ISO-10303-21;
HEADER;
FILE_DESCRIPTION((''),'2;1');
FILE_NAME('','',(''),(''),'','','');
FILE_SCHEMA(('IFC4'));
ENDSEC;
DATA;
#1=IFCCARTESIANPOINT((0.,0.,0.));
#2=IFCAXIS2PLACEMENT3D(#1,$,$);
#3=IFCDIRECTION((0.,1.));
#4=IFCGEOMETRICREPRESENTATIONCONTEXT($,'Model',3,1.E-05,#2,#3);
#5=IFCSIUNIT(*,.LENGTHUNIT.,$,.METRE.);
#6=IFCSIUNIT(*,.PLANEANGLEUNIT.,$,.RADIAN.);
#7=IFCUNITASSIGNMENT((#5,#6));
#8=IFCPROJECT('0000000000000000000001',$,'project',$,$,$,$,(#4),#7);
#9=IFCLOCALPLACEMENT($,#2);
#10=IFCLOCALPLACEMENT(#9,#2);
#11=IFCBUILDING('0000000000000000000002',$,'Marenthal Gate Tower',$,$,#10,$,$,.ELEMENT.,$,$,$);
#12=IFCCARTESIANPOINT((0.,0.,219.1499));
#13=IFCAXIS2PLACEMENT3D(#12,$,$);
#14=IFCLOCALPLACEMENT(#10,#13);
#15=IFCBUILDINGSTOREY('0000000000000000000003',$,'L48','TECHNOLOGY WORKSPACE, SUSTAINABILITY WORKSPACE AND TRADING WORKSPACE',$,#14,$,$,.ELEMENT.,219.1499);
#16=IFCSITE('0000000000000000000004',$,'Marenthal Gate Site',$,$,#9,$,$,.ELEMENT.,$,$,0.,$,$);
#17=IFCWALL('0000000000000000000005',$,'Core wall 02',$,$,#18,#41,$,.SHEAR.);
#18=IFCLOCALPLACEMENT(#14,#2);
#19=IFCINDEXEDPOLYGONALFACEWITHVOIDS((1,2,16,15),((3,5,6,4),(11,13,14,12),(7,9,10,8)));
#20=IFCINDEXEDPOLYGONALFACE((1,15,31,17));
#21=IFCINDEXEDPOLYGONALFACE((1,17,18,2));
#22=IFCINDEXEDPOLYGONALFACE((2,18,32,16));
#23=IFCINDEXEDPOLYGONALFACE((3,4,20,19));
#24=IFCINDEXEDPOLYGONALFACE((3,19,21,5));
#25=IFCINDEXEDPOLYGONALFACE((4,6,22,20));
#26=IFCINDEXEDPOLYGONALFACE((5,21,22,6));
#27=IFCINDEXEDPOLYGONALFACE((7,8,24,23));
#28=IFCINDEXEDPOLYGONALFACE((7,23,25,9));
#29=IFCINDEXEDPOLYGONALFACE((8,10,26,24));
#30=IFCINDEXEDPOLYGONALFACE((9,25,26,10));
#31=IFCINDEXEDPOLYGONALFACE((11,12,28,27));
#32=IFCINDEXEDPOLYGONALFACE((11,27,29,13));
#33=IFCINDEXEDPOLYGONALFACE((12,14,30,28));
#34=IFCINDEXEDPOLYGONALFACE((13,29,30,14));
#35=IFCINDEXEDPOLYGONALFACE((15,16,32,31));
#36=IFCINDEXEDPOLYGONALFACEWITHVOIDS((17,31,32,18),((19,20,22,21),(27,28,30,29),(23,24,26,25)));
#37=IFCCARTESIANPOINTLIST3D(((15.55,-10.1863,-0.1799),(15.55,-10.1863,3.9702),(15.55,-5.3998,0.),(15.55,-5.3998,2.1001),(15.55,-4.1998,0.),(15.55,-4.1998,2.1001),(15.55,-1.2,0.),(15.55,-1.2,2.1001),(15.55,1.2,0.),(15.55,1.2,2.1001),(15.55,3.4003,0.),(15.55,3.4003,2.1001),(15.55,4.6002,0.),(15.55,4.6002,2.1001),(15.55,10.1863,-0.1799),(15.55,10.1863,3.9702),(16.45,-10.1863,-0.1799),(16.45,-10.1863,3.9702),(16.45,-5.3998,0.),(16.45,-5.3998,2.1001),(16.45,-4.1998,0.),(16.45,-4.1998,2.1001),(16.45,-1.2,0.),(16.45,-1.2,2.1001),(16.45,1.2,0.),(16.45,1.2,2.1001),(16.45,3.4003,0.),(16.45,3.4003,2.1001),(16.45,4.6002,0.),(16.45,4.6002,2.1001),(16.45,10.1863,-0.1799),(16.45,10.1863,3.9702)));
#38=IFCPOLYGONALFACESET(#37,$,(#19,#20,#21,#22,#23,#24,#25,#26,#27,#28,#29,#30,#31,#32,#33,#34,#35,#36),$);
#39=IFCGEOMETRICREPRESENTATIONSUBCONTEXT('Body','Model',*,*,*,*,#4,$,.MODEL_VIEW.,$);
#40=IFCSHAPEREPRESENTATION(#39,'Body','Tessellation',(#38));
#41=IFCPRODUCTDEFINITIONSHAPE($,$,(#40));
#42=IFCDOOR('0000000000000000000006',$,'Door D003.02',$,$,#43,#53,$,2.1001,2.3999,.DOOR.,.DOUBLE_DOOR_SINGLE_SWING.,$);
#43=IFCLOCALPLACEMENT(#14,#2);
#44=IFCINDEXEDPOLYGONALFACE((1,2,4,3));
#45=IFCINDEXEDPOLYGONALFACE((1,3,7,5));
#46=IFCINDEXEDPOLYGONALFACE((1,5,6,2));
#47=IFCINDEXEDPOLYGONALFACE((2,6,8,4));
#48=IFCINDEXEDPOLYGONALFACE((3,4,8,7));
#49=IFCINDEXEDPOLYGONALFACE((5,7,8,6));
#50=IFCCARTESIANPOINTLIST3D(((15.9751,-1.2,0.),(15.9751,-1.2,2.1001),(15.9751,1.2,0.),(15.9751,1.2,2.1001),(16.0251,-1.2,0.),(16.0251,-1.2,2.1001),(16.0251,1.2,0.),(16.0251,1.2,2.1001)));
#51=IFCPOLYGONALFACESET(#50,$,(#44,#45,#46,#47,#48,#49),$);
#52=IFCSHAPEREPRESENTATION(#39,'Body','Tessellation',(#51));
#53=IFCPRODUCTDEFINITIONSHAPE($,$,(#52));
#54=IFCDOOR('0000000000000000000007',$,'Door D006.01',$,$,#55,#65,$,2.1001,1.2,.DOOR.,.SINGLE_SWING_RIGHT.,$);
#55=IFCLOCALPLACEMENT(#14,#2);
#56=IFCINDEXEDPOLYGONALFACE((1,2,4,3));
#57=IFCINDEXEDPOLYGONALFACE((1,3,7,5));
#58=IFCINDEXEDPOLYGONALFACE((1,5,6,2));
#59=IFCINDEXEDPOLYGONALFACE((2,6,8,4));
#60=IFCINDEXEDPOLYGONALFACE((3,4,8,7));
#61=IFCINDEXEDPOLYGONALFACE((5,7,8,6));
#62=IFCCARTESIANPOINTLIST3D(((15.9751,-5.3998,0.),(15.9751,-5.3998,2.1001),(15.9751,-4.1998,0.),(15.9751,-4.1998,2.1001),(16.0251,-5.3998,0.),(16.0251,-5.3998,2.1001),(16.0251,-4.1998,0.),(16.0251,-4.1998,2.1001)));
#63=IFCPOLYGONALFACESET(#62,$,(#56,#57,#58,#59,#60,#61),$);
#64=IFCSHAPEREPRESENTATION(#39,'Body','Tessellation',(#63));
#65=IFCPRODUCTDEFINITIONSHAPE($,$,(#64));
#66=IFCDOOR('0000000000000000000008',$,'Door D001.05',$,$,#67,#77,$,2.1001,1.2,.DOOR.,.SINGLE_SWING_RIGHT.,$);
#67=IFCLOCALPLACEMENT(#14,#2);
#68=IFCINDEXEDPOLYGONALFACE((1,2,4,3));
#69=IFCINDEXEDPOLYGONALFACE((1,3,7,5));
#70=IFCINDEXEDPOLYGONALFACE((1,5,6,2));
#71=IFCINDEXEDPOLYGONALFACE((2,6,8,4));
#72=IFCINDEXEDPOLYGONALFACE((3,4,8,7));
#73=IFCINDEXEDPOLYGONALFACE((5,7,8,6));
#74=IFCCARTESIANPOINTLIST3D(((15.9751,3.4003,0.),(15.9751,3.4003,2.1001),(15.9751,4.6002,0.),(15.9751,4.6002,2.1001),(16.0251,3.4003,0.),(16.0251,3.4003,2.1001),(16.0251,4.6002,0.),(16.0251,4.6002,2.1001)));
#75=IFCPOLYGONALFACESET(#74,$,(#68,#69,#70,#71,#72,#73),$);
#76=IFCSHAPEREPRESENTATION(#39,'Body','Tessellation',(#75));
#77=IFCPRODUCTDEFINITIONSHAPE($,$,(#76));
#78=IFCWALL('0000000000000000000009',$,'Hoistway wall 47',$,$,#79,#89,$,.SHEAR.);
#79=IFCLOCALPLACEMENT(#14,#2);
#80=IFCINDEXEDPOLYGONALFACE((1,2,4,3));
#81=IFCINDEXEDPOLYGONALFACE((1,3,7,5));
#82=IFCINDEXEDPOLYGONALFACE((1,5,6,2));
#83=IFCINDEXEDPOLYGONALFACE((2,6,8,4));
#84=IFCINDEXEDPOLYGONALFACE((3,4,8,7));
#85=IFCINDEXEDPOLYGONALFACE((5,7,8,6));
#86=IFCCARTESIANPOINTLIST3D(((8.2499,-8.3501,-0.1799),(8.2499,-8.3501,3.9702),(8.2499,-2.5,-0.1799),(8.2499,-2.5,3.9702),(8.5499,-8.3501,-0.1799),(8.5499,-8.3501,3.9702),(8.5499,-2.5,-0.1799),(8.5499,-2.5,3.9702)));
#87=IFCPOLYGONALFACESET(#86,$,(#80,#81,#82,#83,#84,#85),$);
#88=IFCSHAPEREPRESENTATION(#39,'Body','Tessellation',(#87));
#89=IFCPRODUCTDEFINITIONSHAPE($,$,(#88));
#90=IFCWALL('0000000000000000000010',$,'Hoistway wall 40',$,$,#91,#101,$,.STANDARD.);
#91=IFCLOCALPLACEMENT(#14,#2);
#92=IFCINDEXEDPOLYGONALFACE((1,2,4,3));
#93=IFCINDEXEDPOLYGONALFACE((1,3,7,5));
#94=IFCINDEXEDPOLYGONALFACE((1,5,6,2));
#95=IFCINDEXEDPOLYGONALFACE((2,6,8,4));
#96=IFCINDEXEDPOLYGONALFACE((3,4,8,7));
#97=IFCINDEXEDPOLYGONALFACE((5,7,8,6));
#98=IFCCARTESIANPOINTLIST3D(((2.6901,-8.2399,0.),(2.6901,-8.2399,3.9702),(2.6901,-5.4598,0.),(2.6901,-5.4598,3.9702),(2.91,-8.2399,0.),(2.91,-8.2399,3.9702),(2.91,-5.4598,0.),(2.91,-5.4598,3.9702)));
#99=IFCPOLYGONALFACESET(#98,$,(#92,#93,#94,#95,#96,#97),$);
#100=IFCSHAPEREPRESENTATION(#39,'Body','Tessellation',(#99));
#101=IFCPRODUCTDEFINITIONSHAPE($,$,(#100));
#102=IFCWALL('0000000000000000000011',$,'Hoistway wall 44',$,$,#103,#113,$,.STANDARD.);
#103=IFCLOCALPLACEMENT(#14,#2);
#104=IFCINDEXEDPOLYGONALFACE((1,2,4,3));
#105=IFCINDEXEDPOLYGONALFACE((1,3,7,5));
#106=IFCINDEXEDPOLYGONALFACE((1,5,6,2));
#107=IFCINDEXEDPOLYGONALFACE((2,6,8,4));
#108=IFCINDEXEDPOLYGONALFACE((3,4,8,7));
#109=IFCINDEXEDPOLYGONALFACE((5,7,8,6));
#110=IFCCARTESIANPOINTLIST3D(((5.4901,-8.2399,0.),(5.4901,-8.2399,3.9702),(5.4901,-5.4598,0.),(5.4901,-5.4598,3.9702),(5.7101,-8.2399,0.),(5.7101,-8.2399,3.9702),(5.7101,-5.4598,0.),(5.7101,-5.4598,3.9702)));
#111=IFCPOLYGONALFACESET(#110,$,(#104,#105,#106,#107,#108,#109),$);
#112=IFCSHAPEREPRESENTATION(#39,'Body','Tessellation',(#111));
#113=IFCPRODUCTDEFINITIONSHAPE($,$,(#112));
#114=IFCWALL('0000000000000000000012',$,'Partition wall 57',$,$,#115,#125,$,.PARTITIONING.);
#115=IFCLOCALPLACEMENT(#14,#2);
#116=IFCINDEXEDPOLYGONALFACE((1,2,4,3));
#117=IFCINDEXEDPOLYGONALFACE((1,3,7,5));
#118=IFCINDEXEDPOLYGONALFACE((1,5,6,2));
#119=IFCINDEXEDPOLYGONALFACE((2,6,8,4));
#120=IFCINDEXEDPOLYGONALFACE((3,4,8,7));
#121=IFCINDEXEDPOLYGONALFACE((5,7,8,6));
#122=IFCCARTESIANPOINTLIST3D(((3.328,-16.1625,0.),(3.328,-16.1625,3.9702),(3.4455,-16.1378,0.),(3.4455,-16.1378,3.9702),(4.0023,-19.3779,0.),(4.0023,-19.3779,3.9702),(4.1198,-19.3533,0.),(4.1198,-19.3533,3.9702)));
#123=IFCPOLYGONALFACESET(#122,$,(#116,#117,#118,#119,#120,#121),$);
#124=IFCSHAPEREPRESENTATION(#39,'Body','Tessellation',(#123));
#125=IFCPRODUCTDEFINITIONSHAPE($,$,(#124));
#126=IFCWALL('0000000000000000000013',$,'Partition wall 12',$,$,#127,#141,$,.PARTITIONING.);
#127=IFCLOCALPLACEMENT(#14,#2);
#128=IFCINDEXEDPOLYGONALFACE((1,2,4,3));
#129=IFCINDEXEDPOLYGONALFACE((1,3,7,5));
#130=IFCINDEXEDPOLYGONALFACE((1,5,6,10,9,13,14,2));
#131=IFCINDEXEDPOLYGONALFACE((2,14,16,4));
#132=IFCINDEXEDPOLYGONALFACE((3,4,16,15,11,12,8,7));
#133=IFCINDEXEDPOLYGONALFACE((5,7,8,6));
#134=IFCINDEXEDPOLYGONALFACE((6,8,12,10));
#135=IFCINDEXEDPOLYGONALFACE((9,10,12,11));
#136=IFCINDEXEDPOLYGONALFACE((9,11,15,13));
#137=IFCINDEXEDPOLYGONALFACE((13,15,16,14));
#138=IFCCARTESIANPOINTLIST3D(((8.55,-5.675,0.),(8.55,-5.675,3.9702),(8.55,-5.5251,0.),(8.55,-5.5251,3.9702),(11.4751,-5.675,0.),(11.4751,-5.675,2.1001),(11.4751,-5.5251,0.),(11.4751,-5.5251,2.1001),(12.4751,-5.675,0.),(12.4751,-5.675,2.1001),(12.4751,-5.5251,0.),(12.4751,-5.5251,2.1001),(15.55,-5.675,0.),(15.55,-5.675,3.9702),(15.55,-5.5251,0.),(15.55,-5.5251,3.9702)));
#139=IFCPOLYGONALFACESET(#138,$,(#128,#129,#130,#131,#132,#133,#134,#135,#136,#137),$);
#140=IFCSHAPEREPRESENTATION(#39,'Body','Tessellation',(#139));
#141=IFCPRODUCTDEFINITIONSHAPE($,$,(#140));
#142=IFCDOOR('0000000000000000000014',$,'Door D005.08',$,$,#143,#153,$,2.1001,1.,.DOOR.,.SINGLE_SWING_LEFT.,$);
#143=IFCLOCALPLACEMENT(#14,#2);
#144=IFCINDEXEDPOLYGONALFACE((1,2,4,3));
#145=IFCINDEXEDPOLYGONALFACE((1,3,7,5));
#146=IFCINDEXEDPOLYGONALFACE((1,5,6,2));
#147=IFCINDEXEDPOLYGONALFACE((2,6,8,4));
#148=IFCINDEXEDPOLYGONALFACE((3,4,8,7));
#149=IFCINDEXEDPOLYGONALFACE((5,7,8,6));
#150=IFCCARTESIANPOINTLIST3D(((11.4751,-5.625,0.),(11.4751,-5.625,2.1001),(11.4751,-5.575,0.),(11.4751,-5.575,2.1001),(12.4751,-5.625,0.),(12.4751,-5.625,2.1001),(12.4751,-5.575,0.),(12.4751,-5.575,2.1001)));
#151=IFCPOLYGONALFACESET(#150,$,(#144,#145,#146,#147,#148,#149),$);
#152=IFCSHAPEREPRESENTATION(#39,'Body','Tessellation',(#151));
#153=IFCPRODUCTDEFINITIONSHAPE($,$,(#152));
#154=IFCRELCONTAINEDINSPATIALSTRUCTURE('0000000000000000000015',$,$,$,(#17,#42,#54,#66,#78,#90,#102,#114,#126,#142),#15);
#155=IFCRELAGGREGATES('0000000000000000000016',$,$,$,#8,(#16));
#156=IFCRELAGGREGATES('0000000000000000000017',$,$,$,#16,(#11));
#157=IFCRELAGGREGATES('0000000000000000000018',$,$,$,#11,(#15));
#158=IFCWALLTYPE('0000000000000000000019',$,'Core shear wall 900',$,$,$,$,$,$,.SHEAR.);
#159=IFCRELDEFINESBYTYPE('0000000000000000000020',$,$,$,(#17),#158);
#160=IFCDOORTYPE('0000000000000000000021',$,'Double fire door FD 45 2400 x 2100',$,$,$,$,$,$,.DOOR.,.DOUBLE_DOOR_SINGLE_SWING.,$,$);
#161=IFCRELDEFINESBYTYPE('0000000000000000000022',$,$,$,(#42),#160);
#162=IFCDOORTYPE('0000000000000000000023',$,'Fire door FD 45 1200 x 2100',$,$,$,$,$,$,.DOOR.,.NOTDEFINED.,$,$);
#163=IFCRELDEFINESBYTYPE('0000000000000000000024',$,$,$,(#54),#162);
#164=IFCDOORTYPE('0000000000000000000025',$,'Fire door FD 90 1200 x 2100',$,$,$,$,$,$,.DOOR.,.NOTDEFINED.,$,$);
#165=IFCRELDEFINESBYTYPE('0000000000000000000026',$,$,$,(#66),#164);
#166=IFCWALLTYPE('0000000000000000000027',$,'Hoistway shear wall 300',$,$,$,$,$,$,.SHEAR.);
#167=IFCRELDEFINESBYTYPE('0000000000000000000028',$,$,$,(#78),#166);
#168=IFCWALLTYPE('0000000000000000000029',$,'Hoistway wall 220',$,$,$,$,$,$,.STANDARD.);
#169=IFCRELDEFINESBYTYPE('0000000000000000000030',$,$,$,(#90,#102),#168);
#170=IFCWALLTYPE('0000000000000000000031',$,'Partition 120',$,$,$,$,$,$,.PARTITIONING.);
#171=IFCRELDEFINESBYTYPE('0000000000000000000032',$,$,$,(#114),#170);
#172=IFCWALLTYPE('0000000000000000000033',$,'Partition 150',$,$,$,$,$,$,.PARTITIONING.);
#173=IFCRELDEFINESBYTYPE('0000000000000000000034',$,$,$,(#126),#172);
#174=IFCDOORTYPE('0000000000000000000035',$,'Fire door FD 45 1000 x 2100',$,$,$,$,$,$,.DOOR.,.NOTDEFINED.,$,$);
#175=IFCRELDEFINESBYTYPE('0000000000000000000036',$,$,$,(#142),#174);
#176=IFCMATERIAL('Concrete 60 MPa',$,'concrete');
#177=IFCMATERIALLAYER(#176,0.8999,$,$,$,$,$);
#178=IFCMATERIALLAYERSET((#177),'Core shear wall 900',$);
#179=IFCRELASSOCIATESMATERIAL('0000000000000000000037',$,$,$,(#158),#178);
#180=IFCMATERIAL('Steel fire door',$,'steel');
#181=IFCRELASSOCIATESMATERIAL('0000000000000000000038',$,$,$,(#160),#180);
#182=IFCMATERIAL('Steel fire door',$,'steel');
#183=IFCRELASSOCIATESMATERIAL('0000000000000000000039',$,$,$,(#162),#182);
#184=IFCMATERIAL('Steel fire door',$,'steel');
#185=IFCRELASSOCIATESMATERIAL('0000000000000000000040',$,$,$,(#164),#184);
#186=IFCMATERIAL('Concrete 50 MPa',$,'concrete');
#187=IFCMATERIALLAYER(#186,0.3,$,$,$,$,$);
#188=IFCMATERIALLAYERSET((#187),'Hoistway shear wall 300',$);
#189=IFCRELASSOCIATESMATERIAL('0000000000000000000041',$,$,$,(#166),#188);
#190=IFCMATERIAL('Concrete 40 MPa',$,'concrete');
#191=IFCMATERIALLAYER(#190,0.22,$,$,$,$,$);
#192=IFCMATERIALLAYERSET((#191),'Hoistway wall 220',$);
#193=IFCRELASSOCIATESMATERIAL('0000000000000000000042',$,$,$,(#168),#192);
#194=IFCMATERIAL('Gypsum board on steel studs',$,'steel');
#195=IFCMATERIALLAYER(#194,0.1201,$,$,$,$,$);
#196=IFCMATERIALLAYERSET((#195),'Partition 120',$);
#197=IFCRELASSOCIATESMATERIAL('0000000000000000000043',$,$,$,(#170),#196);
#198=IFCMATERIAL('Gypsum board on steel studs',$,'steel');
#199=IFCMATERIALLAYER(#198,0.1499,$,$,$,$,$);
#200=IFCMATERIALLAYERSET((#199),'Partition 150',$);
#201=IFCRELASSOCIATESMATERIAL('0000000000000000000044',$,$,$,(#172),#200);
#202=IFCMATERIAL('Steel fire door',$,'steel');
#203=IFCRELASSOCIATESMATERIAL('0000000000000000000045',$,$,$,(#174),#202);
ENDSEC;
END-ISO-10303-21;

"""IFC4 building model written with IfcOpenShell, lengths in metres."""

from ifc_helpers import new_model, si_unit, direction, frame, frame_2d, origin, place, context, subcontext, project, spatial, rectangle, extrude, material, layer, layer_set, type_object, element, fill, save


model = new_model("IFC4")

# Units and contexts
model_context = context("Model", 3, precision=1e-05, world=origin(), true_north=direction((0.0, 1.0)))
body_context = subcontext(model_context, "Body", "Model", "MODEL_VIEW")
ifc_project = project(units=[si_unit("LENGTHUNIT", "METRE"), si_unit("PLANEANGLEUNIT", "RADIAN")], contexts=[model_context])

# Site, building, storey
site_placement = place(None, origin())
site = spatial("IfcSite", under=ifc_project, at=site_placement, Name="Marenthal Gate Site", CompositionType="ELEMENT", RefElevation=0.0)
building_placement = place(site_placement, origin())
building = spatial("IfcBuilding", under=site, at=building_placement, Name="Marenthal Gate Tower", CompositionType="ELEMENT")
storey_placement = place(building_placement, frame((0.0, 0.0, 219.1499)))
storey = spatial("IfcBuildingStorey", under=building, at=storey_placement, Name="L48", Description="TECHNOLOGY WORKSPACE, SUSTAINABILITY WORKSPACE AND TRADING WORKSPACE", CompositionType="ELEMENT", Elevation=219.1499)

# Shared definitions
ifc_material_1 = material(Name="Concrete 60 MPa", Category="concrete")
ifc_layer_1 = layer(ifc_material_1, 0.8999)
ifc_layer_set_1 = layer_set([ifc_layer_1], Name="Core shear wall 900")
wall_type_1 = type_object("IfcWallType", Name="Core shear wall 900", PredefinedType="SHEAR", material=ifc_layer_set_1)

# Wall, openings, doors
wall_1_placement = place(storey_placement, frame((16.0, -10.1863, -0.1799), z_axis=(0.0, 0.0, 1.0), x_axis=(0.0, 1.0, 0.0)))
wall_1 = element("IfcWall", 1, at=wall_1_placement, inside=storey, type_object=wall_type_1, Name="Core wall 02", PredefinedType="SHEAR", context=body_context, shape_type="SweptSolid", body=[
    extrude(rectangle(XDim=20.3726, YDim=0.8999, at=frame_2d((10.1863, 0.0))), origin(), (0.0, 0.0, 1.0), 4.1501),
])
opening_1_placement = place(wall_1_placement, frame((8.9863, 0.0, 0.1799)))
opening_1 = element("IfcOpeningElement", 2, at=opening_1_placement, cuts=wall_1, PredefinedType="OPENING", context=body_context, shape_type="SweptSolid", body=[
    extrude(rectangle(XDim=2.3999, YDim=2.1001, at=frame_2d((1.2, 1.05))), frame((0.0, 0.46, 0.0), z_axis=(0.0, -1.0, 0.0), x_axis=(1.0, 0.0, 0.0)), (0.0, 0.0, 1.0), 0.9199),
])
opening_2_placement = place(wall_1_placement, frame((13.5864, 0.0, 0.1799)))
opening_2 = element("IfcOpeningElement", 3, at=opening_2_placement, cuts=wall_1, PredefinedType="OPENING", context=body_context, shape_type="SweptSolid", body=[
    extrude(rectangle(XDim=1.2, YDim=2.1001, at=frame_2d((0.6001, 1.05))), frame((0.0, 0.46, 0.0), z_axis=(0.0, -1.0, 0.0), x_axis=(1.0, 0.0, 0.0)), (0.0, 0.0, 1.0), 0.9199),
])
opening_3_placement = place(wall_1_placement, frame((4.7864, 0.0, 0.1799)))
opening_3 = element("IfcOpeningElement", 4, at=opening_3_placement, cuts=wall_1, PredefinedType="OPENING", context=body_context, shape_type="SweptSolid", body=[
    extrude(rectangle(XDim=1.2, YDim=2.1001, at=frame_2d((0.6001, 1.05))), frame((0.0, 0.46, 0.0), z_axis=(0.0, -1.0, 0.0), x_axis=(1.0, 0.0, 0.0)), (0.0, 0.0, 1.0), 0.9199),
])
ifc_material_2 = material(Name="Steel fire door", Category="steel")
door_type_1 = type_object("IfcDoorType", Name="Double fire door FD 45 2400 x 2100", OperationType="DOUBLE_DOOR_SINGLE_SWING", PredefinedType="DOOR", material=ifc_material_2)
door_1_placement = place(opening_1_placement, origin())
door_1 = element("IfcDoor", 5, at=door_1_placement, inside=storey, type_object=door_type_1, Name="Door D003.02", OperationType="DOUBLE_DOOR_SINGLE_SWING", OverallHeight=2.1001, OverallWidth=2.3999, PredefinedType="DOOR", context=body_context, shape_type="SweptSolid", body=[
    extrude(rectangle(XDim=2.3999, YDim=2.1001, at=frame_2d((1.2, 1.05))), frame((0.0, 0.0249, 0.0), z_axis=(0.0, -1.0, 0.0), x_axis=(1.0, 0.0, 0.0)), (0.0, 0.0, 1.0), 0.05),
])
fill(opening_1, door_1)
ifc_material_3 = material(Name="Steel fire door", Category="steel")
door_type_2 = type_object("IfcDoorType", Name="Fire door FD 45 1200 x 2100", OperationType="NOTDEFINED", PredefinedType="DOOR", material=ifc_material_3)
door_2_placement = place(opening_3_placement, origin())
door_2 = element("IfcDoor", 6, at=door_2_placement, inside=storey, type_object=door_type_2, Name="Door D006.01", OperationType="SINGLE_SWING_RIGHT", OverallHeight=2.1001, OverallWidth=1.2, PredefinedType="DOOR", context=body_context, shape_type="SweptSolid", body=[
    extrude(rectangle(XDim=1.2, YDim=2.1001, at=frame_2d((0.6001, 1.05))), frame((0.0, 0.0249, 0.0), z_axis=(0.0, -1.0, 0.0), x_axis=(1.0, 0.0, 0.0)), (0.0, 0.0, 1.0), 0.05),
])
fill(opening_3, door_2)
ifc_material_4 = material(Name="Steel fire door", Category="steel")
door_type_3 = type_object("IfcDoorType", Name="Fire door FD 90 1200 x 2100", OperationType="NOTDEFINED", PredefinedType="DOOR", material=ifc_material_4)
door_3_placement = place(opening_2_placement, origin())
door_3 = element("IfcDoor", 7, at=door_3_placement, inside=storey, type_object=door_type_3, Name="Door D001.05", OperationType="SINGLE_SWING_RIGHT", OverallHeight=2.1001, OverallWidth=1.2, PredefinedType="DOOR", context=body_context, shape_type="SweptSolid", body=[
    extrude(rectangle(XDim=1.2, YDim=2.1001, at=frame_2d((0.6001, 1.05))), frame((0.0, 0.0249, 0.0), z_axis=(0.0, -1.0, 0.0), x_axis=(1.0, 0.0, 0.0)), (0.0, 0.0, 1.0), 0.05),
])
fill(opening_2, door_3)

# Walls
ifc_material_5 = material(Name="Concrete 50 MPa", Category="concrete")
ifc_layer_2 = layer(ifc_material_5, 0.3)
ifc_layer_set_2 = layer_set([ifc_layer_2], Name="Hoistway shear wall 300")
wall_type_2 = type_object("IfcWallType", Name="Hoistway shear wall 300", PredefinedType="SHEAR", material=ifc_layer_set_2)
wall_2_placement = place(storey_placement, frame((8.3999, -8.3501, -0.1799), z_axis=(0.0, 0.0, 1.0), x_axis=(0.0, 1.0, 0.0)))
element("IfcWall", 8, at=wall_2_placement, inside=storey, type_object=wall_type_2, Name="Hoistway wall 47", PredefinedType="SHEAR", context=body_context, shape_type="SweptSolid", body=[
    extrude(rectangle(XDim=5.8501, YDim=0.3, at=frame_2d((2.925, 0.0))), origin(), (0.0, 0.0, 1.0), 4.1501),
])
ifc_material_6 = material(Name="Concrete 40 MPa", Category="concrete")
ifc_layer_3 = layer(ifc_material_6, 0.22)
ifc_layer_set_3 = layer_set([ifc_layer_3], Name="Hoistway wall 220")
wall_type_3 = type_object("IfcWallType", Name="Hoistway wall 220", PredefinedType="STANDARD", material=ifc_layer_set_3)
for number, where, z_axis, x_axis, name in (
    (9, (2.8, -8.24, 0.0), (0.0, 0.0, 1.0), (0.0, 1.0, 0.0), "Hoistway wall 40"),
    (10, (5.6001, -8.24, 0.0), (0.0, 0.0, 1.0), (0.0, 1.0, 0.0), "Hoistway wall 44"),
):
    element("IfcWall", number, at=place(storey_placement, frame(where, z_axis=z_axis, x_axis=x_axis)), inside=storey, type_object=wall_type_3, Name=name, PredefinedType="STANDARD", context=body_context, shape_type="SweptSolid", body=[
        extrude(rectangle(XDim=2.78, YDim=0.22, at=frame_2d((1.3901, 0.0))), origin(), (0.0, 0.0, 1.0), 3.9702),
    ])
ifc_material_7 = material(Name="Gypsum board on steel studs", Category="steel")
ifc_layer_4 = layer(ifc_material_7, 0.1201)
ifc_layer_set_4 = layer_set([ifc_layer_4], Name="Partition 120")
wall_type_4 = type_object("IfcWallType", Name="Partition 120", PredefinedType="PARTITIONING", material=ifc_layer_set_4)
wall_3_placement = place(storey_placement, frame((4.061, -19.3655, 0.0), z_axis=(0.0, 0.0, 1.0), x_axis=(-0.205239, 0.978712, 0.0)))
element("IfcWall", 11, at=wall_3_placement, inside=storey, type_object=wall_type_4, Name="Partition wall 57", PredefinedType="PARTITIONING", context=body_context, shape_type="SweptSolid", body=[
    extrude(rectangle(XDim=3.2854, YDim=0.1201, at=frame_2d((1.6426, 0.0))), origin(), (0.0, 0.0, 1.0), 3.9702),
])

# Wall, opening, door
ifc_material_8 = material(Name="Gypsum board on steel studs", Category="steel")
ifc_layer_5 = layer(ifc_material_8, 0.1499)
ifc_layer_set_5 = layer_set([ifc_layer_5], Name="Partition 150")
wall_type_5 = type_object("IfcWallType", Name="Partition 150", PredefinedType="PARTITIONING", material=ifc_layer_set_5)
wall_4_placement = place(storey_placement, frame((8.55, -5.6001, 0.0), z_axis=(0.0, 0.0, 1.0), x_axis=(1.0, 0.0, 0.0)))
wall_4 = element("IfcWall", 12, at=wall_4_placement, inside=storey, type_object=wall_type_5, Name="Partition wall 12", PredefinedType="PARTITIONING", context=body_context, shape_type="SweptSolid", body=[
    extrude(rectangle(XDim=7.0, YDim=0.1499, at=frame_2d((3.5, 0.0))), origin(), (0.0, 0.0, 1.0), 3.9702),
])
opening_4_placement = place(wall_4_placement, frame((2.925, 0.0, 0.0)))
opening_4 = element("IfcOpeningElement", 13, at=opening_4_placement, cuts=wall_4, PredefinedType="OPENING", context=body_context, shape_type="SweptSolid", body=[
    extrude(rectangle(XDim=1.0, YDim=2.1001, at=frame_2d((0.5, 1.05))), frame((0.0, 0.085, 0.0), z_axis=(0.0, -1.0, 0.0), x_axis=(1.0, 0.0, 0.0)), (0.0, 0.0, 1.0), 0.1699),
])
ifc_material_9 = material(Name="Steel fire door", Category="steel")
door_type_4 = type_object("IfcDoorType", Name="Fire door FD 45 1000 x 2100", OperationType="NOTDEFINED", PredefinedType="DOOR", material=ifc_material_9)
door_4_placement = place(opening_4_placement, frame((1.0, 0.0, 0.0), z_axis=(0.0, 0.0, 1.0), x_axis=(-1.0, 0.0, 0.0)))
door_4 = element("IfcDoor", 14, at=door_4_placement, inside=storey, type_object=door_type_4, Name="Door D005.08", OperationType="SINGLE_SWING_LEFT", OverallHeight=2.1001, OverallWidth=1.0, PredefinedType="DOOR", context=body_context, shape_type="SweptSolid", body=[
    extrude(rectangle(XDim=1.0, YDim=2.1001, at=frame_2d((0.5, 1.05))), frame((0.0, 0.0249, 0.0), z_axis=(0.0, -1.0, 0.0), x_axis=(1.0, 0.0, 0.0)), (0.0, 0.0, 1.0), 0.05),
])
fill(opening_4, door_4)

save(model, "model.ifc")
